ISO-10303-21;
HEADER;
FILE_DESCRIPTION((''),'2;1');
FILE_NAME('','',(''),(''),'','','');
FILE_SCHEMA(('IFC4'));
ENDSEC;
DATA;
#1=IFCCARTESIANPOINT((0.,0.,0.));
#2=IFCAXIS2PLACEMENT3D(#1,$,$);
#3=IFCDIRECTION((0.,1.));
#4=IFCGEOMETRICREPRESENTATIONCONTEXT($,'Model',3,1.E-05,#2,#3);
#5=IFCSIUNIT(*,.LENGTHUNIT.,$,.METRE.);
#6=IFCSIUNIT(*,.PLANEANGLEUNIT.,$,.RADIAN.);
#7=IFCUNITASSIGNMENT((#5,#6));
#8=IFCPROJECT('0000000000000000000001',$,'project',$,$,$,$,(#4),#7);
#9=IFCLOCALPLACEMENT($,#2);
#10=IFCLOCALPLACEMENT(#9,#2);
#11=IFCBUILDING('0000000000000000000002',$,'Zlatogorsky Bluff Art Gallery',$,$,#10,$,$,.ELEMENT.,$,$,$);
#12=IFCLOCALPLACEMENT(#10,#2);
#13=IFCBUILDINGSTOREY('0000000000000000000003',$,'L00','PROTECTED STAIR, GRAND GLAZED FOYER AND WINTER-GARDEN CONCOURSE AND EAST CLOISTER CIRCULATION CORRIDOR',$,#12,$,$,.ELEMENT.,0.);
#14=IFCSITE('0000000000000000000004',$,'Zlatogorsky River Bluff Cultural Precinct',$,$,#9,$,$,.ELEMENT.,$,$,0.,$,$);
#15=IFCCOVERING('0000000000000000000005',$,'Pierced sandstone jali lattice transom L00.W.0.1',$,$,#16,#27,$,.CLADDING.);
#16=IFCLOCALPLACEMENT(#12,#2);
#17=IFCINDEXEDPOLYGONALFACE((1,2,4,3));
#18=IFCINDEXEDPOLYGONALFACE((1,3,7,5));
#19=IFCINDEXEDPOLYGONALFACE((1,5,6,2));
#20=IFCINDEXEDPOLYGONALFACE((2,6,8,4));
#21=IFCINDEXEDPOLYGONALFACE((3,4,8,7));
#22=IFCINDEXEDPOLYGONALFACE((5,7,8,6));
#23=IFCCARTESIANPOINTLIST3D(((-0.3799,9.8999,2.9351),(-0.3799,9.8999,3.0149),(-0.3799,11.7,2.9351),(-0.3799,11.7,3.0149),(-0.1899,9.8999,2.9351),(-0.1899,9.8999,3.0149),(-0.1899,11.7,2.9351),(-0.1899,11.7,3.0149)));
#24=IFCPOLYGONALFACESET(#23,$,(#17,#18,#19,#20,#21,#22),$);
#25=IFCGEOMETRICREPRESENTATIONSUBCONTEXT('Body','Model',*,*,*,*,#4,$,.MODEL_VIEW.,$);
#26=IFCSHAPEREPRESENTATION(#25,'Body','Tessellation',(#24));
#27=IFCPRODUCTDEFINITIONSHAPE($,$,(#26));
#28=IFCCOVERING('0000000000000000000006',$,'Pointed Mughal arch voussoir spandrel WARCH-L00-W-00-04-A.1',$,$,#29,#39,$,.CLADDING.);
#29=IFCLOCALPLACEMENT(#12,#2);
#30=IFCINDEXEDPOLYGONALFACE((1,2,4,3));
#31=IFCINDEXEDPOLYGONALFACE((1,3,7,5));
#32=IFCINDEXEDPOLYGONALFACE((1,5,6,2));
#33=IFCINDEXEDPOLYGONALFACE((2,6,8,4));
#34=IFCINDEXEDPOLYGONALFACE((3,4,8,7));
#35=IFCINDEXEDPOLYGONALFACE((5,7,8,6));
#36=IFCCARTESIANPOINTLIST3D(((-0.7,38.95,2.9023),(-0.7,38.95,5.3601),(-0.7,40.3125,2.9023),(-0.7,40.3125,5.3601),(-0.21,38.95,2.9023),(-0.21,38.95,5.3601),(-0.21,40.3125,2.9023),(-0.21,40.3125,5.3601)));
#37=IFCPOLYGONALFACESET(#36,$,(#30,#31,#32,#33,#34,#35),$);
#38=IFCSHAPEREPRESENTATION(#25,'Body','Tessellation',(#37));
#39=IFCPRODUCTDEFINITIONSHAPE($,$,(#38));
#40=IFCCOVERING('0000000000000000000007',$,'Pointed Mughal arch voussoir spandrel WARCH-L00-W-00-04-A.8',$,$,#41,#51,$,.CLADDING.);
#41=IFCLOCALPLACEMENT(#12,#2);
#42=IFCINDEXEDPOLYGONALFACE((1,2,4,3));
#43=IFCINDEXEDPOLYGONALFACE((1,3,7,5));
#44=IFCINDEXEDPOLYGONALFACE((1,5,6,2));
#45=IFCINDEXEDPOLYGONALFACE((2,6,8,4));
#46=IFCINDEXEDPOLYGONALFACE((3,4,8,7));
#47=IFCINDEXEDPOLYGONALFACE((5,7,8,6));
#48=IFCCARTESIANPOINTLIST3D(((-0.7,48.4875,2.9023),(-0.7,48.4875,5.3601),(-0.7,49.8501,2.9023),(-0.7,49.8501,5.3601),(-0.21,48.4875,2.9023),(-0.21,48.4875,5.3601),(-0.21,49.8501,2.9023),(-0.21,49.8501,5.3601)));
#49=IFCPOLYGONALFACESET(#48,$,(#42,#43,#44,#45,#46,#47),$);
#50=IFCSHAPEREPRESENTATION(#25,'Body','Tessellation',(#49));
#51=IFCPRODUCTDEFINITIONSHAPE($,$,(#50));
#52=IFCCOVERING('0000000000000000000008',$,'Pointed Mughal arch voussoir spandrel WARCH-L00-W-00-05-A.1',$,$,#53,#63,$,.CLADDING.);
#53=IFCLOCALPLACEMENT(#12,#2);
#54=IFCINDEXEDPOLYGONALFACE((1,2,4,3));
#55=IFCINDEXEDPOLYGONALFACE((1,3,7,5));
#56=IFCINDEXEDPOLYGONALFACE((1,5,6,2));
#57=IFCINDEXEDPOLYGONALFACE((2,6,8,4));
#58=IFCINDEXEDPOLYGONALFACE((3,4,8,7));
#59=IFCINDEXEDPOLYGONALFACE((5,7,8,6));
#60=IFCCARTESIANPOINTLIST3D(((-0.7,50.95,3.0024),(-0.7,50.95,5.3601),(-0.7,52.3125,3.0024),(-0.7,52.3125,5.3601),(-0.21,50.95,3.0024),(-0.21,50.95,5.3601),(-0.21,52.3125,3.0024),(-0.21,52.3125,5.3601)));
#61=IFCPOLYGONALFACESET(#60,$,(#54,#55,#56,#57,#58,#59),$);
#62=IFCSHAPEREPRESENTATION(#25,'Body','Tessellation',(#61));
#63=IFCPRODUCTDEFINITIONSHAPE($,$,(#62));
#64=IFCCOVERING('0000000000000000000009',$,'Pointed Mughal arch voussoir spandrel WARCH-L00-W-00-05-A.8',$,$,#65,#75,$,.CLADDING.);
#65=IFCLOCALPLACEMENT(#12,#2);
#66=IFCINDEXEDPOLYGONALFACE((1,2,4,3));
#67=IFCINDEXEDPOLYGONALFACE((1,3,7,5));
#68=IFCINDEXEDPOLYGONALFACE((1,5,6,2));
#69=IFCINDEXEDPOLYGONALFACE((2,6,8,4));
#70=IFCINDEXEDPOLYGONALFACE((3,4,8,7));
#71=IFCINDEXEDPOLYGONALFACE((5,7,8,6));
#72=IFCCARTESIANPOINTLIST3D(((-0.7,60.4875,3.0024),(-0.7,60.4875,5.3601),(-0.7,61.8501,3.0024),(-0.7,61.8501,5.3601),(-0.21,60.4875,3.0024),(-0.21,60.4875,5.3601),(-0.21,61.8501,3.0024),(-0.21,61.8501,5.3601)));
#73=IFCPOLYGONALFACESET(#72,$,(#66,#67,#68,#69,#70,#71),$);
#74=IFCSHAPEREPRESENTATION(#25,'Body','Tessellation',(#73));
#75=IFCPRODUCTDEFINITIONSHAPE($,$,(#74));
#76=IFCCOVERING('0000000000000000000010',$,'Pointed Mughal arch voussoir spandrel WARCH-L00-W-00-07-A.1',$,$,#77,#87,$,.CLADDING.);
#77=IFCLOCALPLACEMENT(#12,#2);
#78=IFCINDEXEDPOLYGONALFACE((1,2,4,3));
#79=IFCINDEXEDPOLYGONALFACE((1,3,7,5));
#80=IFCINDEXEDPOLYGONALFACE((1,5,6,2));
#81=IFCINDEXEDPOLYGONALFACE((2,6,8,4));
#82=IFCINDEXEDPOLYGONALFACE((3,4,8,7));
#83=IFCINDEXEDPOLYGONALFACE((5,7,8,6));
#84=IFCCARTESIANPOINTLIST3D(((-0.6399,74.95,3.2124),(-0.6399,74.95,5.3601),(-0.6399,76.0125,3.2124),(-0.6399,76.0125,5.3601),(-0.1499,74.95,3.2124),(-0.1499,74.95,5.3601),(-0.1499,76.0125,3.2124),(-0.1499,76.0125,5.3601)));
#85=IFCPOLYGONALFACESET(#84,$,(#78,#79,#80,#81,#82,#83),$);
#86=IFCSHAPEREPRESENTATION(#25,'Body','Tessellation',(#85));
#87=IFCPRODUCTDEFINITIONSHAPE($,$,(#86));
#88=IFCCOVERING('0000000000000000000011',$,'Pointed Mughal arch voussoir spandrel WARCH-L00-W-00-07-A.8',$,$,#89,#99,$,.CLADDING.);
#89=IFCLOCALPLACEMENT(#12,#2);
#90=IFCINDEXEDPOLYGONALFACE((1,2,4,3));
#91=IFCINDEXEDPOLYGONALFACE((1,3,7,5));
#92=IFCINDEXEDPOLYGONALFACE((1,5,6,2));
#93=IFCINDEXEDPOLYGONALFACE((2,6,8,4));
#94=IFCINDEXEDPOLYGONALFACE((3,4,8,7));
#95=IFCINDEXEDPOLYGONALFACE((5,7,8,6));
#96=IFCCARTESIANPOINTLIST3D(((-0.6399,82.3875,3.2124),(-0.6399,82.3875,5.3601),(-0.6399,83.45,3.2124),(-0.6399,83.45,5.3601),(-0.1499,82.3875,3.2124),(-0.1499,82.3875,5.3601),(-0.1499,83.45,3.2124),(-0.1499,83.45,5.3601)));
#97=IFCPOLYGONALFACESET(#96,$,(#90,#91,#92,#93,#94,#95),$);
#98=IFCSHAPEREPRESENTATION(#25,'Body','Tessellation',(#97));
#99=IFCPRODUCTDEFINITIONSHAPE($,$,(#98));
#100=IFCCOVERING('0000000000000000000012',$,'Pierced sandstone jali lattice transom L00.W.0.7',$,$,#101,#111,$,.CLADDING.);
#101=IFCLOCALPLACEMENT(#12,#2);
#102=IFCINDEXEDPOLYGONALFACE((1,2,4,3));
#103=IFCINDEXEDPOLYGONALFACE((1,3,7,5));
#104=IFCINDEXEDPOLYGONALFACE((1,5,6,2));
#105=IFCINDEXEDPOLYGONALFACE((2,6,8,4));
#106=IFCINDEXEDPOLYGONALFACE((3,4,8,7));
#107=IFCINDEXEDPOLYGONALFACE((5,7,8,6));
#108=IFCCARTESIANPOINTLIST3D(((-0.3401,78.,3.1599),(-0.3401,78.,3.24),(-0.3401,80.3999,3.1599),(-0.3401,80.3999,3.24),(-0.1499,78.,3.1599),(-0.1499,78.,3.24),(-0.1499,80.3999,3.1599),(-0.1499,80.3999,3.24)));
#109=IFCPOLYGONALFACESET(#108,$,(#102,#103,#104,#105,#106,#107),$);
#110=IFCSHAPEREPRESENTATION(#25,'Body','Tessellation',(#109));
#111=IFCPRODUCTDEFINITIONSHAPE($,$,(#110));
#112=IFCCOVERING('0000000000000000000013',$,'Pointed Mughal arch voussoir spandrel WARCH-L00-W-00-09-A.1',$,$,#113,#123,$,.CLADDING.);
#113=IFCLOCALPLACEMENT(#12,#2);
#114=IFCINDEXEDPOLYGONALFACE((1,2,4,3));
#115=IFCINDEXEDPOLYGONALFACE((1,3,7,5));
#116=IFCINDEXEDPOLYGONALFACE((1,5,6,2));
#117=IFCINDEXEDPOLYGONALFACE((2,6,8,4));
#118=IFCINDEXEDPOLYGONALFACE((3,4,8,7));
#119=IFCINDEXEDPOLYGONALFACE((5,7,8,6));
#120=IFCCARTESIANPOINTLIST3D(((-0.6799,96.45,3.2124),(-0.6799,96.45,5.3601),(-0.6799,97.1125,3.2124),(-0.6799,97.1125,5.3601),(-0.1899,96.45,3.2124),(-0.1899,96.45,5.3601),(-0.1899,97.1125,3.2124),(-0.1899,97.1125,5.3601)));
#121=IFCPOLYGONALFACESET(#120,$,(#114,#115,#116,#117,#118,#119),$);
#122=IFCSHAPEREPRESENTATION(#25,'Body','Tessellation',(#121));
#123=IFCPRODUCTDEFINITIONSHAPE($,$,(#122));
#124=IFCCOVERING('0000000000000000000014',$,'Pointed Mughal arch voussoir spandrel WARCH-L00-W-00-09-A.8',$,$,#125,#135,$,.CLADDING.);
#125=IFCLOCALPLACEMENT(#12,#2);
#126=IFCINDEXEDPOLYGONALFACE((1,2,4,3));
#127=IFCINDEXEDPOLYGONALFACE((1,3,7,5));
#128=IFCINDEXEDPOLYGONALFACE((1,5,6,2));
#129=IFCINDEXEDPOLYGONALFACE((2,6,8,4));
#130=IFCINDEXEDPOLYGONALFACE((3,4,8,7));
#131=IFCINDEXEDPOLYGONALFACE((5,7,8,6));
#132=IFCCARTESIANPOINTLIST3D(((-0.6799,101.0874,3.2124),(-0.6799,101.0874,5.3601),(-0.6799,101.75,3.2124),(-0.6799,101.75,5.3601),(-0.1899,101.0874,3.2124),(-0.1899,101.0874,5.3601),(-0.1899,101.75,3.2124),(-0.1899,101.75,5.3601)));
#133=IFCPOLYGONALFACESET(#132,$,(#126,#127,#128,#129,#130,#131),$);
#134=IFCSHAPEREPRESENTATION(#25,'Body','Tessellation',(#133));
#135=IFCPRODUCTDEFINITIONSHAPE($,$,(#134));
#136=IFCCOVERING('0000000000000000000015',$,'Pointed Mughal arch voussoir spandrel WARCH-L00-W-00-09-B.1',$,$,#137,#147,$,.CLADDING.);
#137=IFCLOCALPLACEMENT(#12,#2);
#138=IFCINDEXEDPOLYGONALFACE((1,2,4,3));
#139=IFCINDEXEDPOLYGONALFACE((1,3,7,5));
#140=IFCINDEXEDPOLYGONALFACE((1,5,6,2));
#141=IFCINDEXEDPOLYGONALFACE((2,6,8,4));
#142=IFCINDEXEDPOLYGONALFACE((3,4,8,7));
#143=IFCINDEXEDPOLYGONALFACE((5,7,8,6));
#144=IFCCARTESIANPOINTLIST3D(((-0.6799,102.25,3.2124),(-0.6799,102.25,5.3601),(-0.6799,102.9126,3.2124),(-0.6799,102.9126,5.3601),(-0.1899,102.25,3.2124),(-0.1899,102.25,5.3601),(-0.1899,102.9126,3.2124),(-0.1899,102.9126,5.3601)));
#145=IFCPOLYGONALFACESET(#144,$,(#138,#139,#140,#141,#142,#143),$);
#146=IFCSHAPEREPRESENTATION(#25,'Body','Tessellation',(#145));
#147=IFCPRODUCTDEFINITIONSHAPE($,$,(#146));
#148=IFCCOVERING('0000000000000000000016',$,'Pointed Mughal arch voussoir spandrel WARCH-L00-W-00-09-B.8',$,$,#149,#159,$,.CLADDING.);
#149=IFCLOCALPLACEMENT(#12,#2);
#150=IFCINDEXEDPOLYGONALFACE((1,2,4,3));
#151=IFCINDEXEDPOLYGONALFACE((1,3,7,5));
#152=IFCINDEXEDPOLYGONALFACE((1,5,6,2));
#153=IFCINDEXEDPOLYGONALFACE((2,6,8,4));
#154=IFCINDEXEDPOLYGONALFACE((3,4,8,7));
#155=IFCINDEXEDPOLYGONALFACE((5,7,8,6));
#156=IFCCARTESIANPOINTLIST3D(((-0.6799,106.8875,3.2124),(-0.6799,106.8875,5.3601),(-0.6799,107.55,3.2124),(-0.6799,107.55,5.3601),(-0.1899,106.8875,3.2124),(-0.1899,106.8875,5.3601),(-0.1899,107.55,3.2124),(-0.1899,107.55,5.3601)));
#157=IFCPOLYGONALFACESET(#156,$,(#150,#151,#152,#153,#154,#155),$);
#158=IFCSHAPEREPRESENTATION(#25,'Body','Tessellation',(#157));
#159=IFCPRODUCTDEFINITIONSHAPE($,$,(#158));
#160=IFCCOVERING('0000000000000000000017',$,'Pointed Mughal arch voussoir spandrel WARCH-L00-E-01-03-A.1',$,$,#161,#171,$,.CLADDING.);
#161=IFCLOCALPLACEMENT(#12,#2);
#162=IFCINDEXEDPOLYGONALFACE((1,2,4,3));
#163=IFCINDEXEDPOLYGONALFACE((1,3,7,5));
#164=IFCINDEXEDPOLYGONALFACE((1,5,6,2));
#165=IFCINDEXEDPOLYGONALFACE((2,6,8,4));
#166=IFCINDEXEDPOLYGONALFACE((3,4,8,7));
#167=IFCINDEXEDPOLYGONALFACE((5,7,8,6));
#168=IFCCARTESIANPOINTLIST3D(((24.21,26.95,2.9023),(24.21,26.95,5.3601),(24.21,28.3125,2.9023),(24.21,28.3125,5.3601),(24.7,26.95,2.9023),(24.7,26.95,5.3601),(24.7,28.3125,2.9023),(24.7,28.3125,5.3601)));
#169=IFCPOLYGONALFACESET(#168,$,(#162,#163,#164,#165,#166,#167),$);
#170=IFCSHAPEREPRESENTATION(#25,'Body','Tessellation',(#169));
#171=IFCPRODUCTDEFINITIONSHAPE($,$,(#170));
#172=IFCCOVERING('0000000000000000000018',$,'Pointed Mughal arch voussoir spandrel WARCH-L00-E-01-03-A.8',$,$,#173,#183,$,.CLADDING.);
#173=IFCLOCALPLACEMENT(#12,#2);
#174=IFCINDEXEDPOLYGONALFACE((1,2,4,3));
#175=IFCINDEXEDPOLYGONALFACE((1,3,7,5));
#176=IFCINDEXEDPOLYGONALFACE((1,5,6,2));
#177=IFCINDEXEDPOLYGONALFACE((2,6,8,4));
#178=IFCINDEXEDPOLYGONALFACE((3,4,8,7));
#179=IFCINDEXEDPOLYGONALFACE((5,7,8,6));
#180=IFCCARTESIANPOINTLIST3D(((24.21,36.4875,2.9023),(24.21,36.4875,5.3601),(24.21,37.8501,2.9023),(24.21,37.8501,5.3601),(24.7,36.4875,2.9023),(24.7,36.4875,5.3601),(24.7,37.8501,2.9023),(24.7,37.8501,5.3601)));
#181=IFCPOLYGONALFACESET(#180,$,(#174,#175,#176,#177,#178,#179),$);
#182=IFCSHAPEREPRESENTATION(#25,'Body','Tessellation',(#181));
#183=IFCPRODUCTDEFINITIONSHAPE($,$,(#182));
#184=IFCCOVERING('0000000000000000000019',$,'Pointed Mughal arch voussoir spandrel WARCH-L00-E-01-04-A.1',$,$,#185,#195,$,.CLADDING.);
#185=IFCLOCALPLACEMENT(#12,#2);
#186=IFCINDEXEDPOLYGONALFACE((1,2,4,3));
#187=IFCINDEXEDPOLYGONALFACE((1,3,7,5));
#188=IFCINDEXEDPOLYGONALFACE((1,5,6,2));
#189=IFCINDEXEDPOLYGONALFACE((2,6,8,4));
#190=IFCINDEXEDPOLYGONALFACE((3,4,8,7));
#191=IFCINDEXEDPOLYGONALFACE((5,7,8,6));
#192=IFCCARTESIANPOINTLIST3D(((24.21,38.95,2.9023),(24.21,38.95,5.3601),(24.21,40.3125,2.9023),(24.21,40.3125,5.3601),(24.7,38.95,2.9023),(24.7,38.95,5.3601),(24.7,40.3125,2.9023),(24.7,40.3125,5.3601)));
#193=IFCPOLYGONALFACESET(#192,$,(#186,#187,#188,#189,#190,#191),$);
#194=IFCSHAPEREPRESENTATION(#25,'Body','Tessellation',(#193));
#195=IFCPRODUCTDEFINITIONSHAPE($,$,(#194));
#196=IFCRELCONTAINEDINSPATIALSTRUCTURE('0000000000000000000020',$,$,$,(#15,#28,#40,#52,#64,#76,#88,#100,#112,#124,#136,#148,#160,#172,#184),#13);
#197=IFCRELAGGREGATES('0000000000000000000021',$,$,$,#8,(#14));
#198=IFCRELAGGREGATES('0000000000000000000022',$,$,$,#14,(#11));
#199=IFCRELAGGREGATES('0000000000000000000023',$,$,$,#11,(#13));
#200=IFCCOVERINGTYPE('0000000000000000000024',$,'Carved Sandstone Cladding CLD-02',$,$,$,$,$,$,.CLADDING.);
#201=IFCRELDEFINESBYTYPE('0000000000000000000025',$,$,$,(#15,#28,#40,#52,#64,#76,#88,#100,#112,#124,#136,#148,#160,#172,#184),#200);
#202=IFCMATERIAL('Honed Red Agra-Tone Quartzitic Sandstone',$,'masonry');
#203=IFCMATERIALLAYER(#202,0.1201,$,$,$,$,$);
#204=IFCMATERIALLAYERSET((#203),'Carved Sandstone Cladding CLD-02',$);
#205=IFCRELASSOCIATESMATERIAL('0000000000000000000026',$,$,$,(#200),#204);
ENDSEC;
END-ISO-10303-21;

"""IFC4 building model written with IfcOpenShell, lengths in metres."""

from ifc_helpers import new_model, si_unit, direction, frame, origin, place, context, subcontext, project, spatial, polyline, outline, extrude, material, layer, layer_set, type_object, element, save


model = new_model("IFC4")

# Units and contexts
model_context = context("Model", 3, precision=1e-05, world=origin(), true_north=direction((0.0, 1.0)))
body_context = subcontext(model_context, "Body", "Model", "MODEL_VIEW")
ifc_project = project(units=[si_unit("LENGTHUNIT", "METRE"), si_unit("PLANEANGLEUNIT", "RADIAN")], contexts=[model_context])

# Site, building, storey
site_placement = place(None, origin())
site = spatial("IfcSite", under=ifc_project, at=site_placement, Name="Zlatogorsky River Bluff Cultural Precinct", CompositionType="ELEMENT", RefElevation=0.0)
building_placement = place(site_placement, origin())
building = spatial("IfcBuilding", under=site, at=building_placement, Name="Zlatogorsky Bluff Art Gallery", CompositionType="ELEMENT")
storey_placement = place(building_placement, origin())
storey = spatial("IfcBuildingStorey", under=building, at=storey_placement, Name="L00", Description="PROTECTED STAIR, GRAND GLAZED FOYER AND WINTER-GARDEN CONCOURSE AND EAST CLOISTER CIRCULATION CORRIDOR", CompositionType="ELEMENT", Elevation=0.0)

# Coverings
ifc_material = material(Name="Honed Red Agra-Tone Quartzitic Sandstone", Category="masonry")
ifc_layer = layer(ifc_material, 0.1201)
ifc_layer_set = layer_set([ifc_layer], Name="Carved Sandstone Cladding CLD-02")
covering_type = type_object("IfcCoveringType", Name="Carved Sandstone Cladding CLD-02", PredefinedType="CLADDING", material=ifc_layer_set)
covering_1_placement = place(storey_placement, frame((0.0, 0.0, 2.9351)))
element("IfcCovering", 1, at=covering_1_placement, inside=storey, type_object=covering_type, Name="Pierced sandstone jali lattice transom L00.W.0.1", PredefinedType="CLADDING", context=body_context, shape_type="SweptSolid", body=[
    extrude(outline(polyline([(-0.3799, 9.8999), (-0.3799, 11.7), (-0.1899, 11.7), (-0.1899, 9.8999), (-0.3799, 9.8999)])), origin(), (0.0, 0.0, 1.0), 0.0798),
])
covering_2_placement = place(storey_placement, frame((0.0, 0.0, 2.9023)))
element("IfcCovering", 2, at=covering_2_placement, inside=storey, type_object=covering_type, Name="Pointed Mughal arch voussoir spandrel WARCH-L00-W-00-04-A.1", PredefinedType="CLADDING", context=body_context, shape_type="SweptSolid", body=[
    extrude(outline(polyline([(-0.7, 38.95), (-0.7, 40.3125), (-0.21, 40.3125), (-0.21, 38.95), (-0.7, 38.95)])), origin(), (0.0, 0.0, 1.0), 2.4578),
])
covering_3_placement = place(storey_placement, frame((0.0, 0.0, 2.9023)))
element("IfcCovering", 3, at=covering_3_placement, inside=storey, type_object=covering_type, Name="Pointed Mughal arch voussoir spandrel WARCH-L00-W-00-04-A.8", PredefinedType="CLADDING", context=body_context, shape_type="SweptSolid", body=[
    extrude(outline(polyline([(-0.7, 48.4875), (-0.7, 49.8501), (-0.21, 49.8501), (-0.21, 48.4875), (-0.7, 48.4875)])), origin(), (0.0, 0.0, 1.0), 2.4578),
])
covering_4_placement = place(storey_placement, frame((0.0, 0.0, 3.0024)))
element("IfcCovering", 4, at=covering_4_placement, inside=storey, type_object=covering_type, Name="Pointed Mughal arch voussoir spandrel WARCH-L00-W-00-05-A.1", PredefinedType="CLADDING", context=body_context, shape_type="SweptSolid", body=[
    extrude(outline(polyline([(-0.7, 50.95), (-0.7, 52.3125), (-0.21, 52.3125), (-0.21, 50.95), (-0.7, 50.95)])), origin(), (0.0, 0.0, 1.0), 2.3577),
])
covering_5_placement = place(storey_placement, frame((0.0, 0.0, 3.0024)))
element("IfcCovering", 5, at=covering_5_placement, inside=storey, type_object=covering_type, Name="Pointed Mughal arch voussoir spandrel WARCH-L00-W-00-05-A.8", PredefinedType="CLADDING", context=body_context, shape_type="SweptSolid", body=[
    extrude(outline(polyline([(-0.7, 60.4875), (-0.7, 61.8501), (-0.21, 61.8501), (-0.21, 60.4875), (-0.7, 60.4875)])), origin(), (0.0, 0.0, 1.0), 2.3577),
])
covering_6_placement = place(storey_placement, frame((0.0, 0.0, 3.2124)))
element("IfcCovering", 6, at=covering_6_placement, inside=storey, type_object=covering_type, Name="Pointed Mughal arch voussoir spandrel WARCH-L00-W-00-07-A.1", PredefinedType="CLADDING", context=body_context, shape_type="SweptSolid", body=[
    extrude(outline(polyline([(-0.6399, 74.95), (-0.6399, 76.0125), (-0.1499, 76.0125), (-0.1499, 74.95), (-0.6399, 74.95)])), origin(), (0.0, 0.0, 1.0), 2.1477),
])
covering_7_placement = place(storey_placement, frame((0.0, 0.0, 3.2124)))
element("IfcCovering", 7, at=covering_7_placement, inside=storey, type_object=covering_type, Name="Pointed Mughal arch voussoir spandrel WARCH-L00-W-00-07-A.8", PredefinedType="CLADDING", context=body_context, shape_type="SweptSolid", body=[
    extrude(outline(polyline([(-0.6399, 82.3875), (-0.6399, 83.45), (-0.1499, 83.45), (-0.1499, 82.3875), (-0.6399, 82.3875)])), origin(), (0.0, 0.0, 1.0), 2.1477),
])
covering_8_placement = place(storey_placement, frame((0.0, 0.0, 3.1599)))
element("IfcCovering", 8, at=covering_8_placement, inside=storey, type_object=covering_type, Name="Pierced sandstone jali lattice transom L00.W.0.7", PredefinedType="CLADDING", context=body_context, shape_type="SweptSolid", body=[
    extrude(outline(polyline([(-0.3401, 78.0), (-0.3401, 80.3999), (-0.1499, 80.3999), (-0.1499, 78.0), (-0.3401, 78.0)])), origin(), (0.0, 0.0, 1.0), 0.0801),
])
covering_9_placement = place(storey_placement, frame((0.0, 0.0, 3.2124)))
element("IfcCovering", 9, at=covering_9_placement, inside=storey, type_object=covering_type, Name="Pointed Mughal arch voussoir spandrel WARCH-L00-W-00-09-A.1", PredefinedType="CLADDING", context=body_context, shape_type="SweptSolid", body=[
    extrude(outline(polyline([(-0.6799, 96.45), (-0.6799, 97.1125), (-0.1899, 97.1125), (-0.1899, 96.45), (-0.6799, 96.45)])), origin(), (0.0, 0.0, 1.0), 2.1477),
])
covering_10_placement = place(storey_placement, frame((0.0, 0.0, 3.2124)))
element("IfcCovering", 10, at=covering_10_placement, inside=storey, type_object=covering_type, Name="Pointed Mughal arch voussoir spandrel WARCH-L00-W-00-09-A.8", PredefinedType="CLADDING", context=body_context, shape_type="SweptSolid", body=[
    extrude(outline(polyline([(-0.6799, 101.0874), (-0.6799, 101.75), (-0.1899, 101.75), (-0.1899, 101.0874), (-0.6799, 101.0874)])), origin(), (0.0, 0.0, 1.0), 2.1477),
])
covering_11_placement = place(storey_placement, frame((0.0, 0.0, 3.2124)))
element("IfcCovering", 11, at=covering_11_placement, inside=storey, type_object=covering_type, Name="Pointed Mughal arch voussoir spandrel WARCH-L00-W-00-09-B.1", PredefinedType="CLADDING", context=body_context, shape_type="SweptSolid", body=[
    extrude(outline(polyline([(-0.6799, 102.25), (-0.6799, 102.9126), (-0.1899, 102.9126), (-0.1899, 102.25), (-0.6799, 102.25)])), origin(), (0.0, 0.0, 1.0), 2.1477),
])
covering_12_placement = place(storey_placement, frame((0.0, 0.0, 3.2124)))
element("IfcCovering", 12, at=covering_12_placement, inside=storey, type_object=covering_type, Name="Pointed Mughal arch voussoir spandrel WARCH-L00-W-00-09-B.8", PredefinedType="CLADDING", context=body_context, shape_type="SweptSolid", body=[
    extrude(outline(polyline([(-0.6799, 106.8875), (-0.6799, 107.55), (-0.1899, 107.55), (-0.1899, 106.8875), (-0.6799, 106.8875)])), origin(), (0.0, 0.0, 1.0), 2.1477),
])
covering_13_placement = place(storey_placement, frame((0.0, 0.0, 2.9023)))
element("IfcCovering", 13, at=covering_13_placement, inside=storey, type_object=covering_type, Name="Pointed Mughal arch voussoir spandrel WARCH-L00-E-01-03-A.1", PredefinedType="CLADDING", context=body_context, shape_type="SweptSolid", body=[
    extrude(outline(polyline([(24.21, 26.95), (24.21, 28.3125), (24.7, 28.3125), (24.7, 26.95), (24.21, 26.95)])), origin(), (0.0, 0.0, 1.0), 2.4578),
])
covering_14_placement = place(storey_placement, frame((0.0, 0.0, 2.9023)))
element("IfcCovering", 14, at=covering_14_placement, inside=storey, type_object=covering_type, Name="Pointed Mughal arch voussoir spandrel WARCH-L00-E-01-03-A.8", PredefinedType="CLADDING", context=body_context, shape_type="SweptSolid", body=[
    extrude(outline(polyline([(24.21, 36.4875), (24.21, 37.8501), (24.7, 37.8501), (24.7, 36.4875), (24.21, 36.4875)])), origin(), (0.0, 0.0, 1.0), 2.4578),
])
covering_15_placement = place(storey_placement, frame((0.0, 0.0, 2.9023)))
element("IfcCovering", 15, at=covering_15_placement, inside=storey, type_object=covering_type, Name="Pointed Mughal arch voussoir spandrel WARCH-L00-E-01-04-A.1", PredefinedType="CLADDING", context=body_context, shape_type="SweptSolid", body=[
    extrude(outline(polyline([(24.21, 38.95), (24.21, 40.3125), (24.7, 40.3125), (24.7, 38.95), (24.21, 38.95)])), origin(), (0.0, 0.0, 1.0), 2.4578),
])

save(model, "model.ifc")
